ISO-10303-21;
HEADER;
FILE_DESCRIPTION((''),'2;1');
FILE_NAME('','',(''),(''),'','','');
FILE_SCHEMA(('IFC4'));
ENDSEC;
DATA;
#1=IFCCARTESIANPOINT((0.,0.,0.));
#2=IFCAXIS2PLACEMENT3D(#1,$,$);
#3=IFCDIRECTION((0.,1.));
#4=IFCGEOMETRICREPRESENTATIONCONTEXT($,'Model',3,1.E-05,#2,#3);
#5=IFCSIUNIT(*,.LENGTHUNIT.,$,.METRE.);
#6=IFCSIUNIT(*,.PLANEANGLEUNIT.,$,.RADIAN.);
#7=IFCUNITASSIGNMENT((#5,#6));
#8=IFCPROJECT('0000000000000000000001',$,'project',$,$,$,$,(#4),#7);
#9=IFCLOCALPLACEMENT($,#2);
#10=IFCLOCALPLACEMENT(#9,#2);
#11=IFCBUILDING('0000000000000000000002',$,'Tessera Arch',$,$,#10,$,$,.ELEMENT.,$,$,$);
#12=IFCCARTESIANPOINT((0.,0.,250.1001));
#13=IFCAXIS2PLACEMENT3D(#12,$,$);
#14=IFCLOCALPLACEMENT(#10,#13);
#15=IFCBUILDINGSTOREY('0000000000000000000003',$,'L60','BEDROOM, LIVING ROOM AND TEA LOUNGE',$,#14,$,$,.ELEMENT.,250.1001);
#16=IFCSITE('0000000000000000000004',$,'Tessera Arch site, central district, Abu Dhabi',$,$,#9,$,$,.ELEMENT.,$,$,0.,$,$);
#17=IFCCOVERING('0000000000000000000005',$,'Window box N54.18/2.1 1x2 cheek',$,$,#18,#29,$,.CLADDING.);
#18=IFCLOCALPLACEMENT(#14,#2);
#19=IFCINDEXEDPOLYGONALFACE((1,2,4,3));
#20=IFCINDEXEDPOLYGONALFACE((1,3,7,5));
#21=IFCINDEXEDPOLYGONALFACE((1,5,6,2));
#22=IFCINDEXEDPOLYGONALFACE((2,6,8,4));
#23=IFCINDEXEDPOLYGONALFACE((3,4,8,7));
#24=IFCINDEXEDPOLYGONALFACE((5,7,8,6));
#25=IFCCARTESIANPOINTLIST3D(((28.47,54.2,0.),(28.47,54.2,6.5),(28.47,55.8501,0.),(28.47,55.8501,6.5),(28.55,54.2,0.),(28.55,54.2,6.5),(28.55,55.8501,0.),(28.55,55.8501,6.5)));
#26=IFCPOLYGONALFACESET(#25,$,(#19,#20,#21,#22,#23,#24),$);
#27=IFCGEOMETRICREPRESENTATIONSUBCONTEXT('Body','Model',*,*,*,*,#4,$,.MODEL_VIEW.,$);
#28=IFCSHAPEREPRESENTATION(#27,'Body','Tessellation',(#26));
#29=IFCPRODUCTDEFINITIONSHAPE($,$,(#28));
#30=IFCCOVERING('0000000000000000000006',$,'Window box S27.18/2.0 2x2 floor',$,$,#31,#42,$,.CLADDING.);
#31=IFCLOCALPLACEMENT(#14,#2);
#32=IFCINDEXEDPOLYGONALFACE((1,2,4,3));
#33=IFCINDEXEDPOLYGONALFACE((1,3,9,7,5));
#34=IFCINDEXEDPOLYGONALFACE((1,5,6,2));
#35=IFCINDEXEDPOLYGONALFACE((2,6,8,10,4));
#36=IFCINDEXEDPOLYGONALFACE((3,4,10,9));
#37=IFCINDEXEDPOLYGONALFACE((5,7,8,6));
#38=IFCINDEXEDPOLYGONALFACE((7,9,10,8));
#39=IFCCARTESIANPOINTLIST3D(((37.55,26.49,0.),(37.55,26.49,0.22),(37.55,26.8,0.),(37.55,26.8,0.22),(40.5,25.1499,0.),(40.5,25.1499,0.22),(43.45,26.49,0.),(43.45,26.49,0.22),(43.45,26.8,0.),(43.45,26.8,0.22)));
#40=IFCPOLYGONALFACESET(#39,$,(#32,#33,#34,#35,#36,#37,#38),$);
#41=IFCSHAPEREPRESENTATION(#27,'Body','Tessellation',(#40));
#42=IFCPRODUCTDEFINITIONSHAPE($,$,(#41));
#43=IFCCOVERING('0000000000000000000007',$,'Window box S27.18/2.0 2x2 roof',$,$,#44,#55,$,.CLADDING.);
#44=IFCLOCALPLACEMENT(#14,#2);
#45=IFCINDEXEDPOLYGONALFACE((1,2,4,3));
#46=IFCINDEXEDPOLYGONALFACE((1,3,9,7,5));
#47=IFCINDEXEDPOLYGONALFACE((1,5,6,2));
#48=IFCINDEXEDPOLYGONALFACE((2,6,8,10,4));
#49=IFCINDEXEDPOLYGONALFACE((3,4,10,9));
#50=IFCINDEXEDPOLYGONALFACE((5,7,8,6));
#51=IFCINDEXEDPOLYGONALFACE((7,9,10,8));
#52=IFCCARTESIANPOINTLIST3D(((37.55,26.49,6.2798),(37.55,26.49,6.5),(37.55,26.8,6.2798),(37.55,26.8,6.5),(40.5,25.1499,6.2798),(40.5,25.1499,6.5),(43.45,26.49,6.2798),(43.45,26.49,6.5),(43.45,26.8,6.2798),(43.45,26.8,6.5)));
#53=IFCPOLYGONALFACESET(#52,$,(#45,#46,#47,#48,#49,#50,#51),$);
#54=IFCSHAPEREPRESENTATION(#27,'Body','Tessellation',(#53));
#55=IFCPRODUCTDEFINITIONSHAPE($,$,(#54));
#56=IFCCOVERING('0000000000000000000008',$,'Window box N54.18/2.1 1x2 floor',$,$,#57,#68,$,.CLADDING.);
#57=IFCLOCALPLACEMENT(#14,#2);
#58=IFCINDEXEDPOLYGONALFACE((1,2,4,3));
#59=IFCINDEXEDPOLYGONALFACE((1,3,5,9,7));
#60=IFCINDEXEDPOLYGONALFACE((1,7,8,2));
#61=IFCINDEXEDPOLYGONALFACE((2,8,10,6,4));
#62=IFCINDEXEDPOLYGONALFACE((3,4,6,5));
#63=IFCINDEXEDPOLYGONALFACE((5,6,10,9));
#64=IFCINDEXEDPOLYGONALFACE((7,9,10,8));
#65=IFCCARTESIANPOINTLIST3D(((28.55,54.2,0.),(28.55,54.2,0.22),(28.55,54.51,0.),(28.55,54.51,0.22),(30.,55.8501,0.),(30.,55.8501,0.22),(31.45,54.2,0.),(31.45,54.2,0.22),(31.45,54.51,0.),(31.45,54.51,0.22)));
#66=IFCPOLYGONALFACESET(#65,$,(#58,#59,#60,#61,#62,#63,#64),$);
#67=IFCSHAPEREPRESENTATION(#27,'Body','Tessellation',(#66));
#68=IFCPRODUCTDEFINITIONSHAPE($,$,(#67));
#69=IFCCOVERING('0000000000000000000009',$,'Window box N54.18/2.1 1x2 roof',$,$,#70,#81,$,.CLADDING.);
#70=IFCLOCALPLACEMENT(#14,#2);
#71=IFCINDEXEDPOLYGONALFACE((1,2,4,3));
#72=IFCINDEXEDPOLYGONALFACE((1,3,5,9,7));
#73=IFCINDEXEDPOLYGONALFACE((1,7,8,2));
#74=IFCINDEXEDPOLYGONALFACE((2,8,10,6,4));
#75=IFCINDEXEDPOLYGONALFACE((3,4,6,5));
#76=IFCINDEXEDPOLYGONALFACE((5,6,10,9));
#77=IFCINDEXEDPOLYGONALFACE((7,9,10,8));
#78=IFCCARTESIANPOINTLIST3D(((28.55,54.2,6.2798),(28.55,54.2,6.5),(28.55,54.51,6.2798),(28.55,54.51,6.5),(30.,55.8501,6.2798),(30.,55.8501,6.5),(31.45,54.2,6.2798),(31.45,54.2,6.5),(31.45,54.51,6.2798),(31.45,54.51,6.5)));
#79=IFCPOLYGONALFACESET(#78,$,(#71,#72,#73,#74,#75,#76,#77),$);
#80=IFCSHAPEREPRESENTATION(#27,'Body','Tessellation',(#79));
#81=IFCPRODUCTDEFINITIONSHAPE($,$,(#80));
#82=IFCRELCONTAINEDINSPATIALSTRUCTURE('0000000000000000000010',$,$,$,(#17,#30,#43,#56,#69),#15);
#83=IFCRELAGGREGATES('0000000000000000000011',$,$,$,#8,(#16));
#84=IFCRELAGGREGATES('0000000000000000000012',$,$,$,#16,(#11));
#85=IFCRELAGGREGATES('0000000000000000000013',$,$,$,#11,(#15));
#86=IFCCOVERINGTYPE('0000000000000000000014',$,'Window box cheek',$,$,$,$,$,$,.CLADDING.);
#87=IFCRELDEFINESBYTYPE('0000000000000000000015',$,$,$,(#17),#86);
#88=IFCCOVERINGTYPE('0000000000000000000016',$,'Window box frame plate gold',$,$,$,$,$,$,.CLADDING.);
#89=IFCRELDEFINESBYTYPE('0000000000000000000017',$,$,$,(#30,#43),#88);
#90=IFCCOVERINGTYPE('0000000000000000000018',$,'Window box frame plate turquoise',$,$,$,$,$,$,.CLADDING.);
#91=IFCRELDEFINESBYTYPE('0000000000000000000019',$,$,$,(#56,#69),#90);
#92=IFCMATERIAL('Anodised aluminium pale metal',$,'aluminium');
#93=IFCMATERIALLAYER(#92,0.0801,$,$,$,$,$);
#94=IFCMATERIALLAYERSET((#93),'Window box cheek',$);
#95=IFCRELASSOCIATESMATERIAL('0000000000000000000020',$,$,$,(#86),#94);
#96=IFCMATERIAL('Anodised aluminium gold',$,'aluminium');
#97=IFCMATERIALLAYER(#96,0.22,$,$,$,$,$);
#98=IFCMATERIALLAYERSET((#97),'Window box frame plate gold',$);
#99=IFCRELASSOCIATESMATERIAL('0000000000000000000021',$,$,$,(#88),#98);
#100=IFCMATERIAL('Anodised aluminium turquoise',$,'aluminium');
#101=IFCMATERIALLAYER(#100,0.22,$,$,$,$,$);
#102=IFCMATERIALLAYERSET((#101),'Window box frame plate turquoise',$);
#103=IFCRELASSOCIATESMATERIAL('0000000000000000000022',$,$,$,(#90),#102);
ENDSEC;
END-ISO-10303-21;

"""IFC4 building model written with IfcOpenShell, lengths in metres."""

from ifc_helpers import new_model, si_unit, direction, frame, origin, place, context, subcontext, project, spatial, polyline, outline, extrude, material, layer, layer_set, type_object, element, save


model = new_model("IFC4")

# Units and contexts
model_context = context("Model", 3, precision=1e-05, world=origin(), true_north=direction((0.0, 1.0)))
body_context = subcontext(model_context, "Body", "Model", "MODEL_VIEW")
ifc_project = project(units=[si_unit("LENGTHUNIT", "METRE"), si_unit("PLANEANGLEUNIT", "RADIAN")], contexts=[model_context])

# Site, building, storey
site_placement = place(None, origin())
site = spatial("IfcSite", under=ifc_project, at=site_placement, Name="Tessera Arch site, central district, Abu Dhabi", CompositionType="ELEMENT", RefElevation=0.0)
building_placement = place(site_placement, origin())
building = spatial("IfcBuilding", under=site, at=building_placement, Name="Tessera Arch", CompositionType="ELEMENT")
storey_placement = place(building_placement, frame((0.0, 0.0, 250.1001)))
storey = spatial("IfcBuildingStorey", under=building, at=storey_placement, Name="L60", Description="BEDROOM, LIVING ROOM AND TEA LOUNGE", CompositionType="ELEMENT", Elevation=250.1001)

# Coverings
ifc_material_1 = material(Name="Anodised aluminium pale metal", Category="aluminium")
ifc_layer_1 = layer(ifc_material_1, 0.0801)
ifc_layer_set_1 = layer_set([ifc_layer_1], Name="Window box cheek")
covering_type_1 = type_object("IfcCoveringType", Name="Window box cheek", PredefinedType="CLADDING", material=ifc_layer_set_1)
covering_1_placement = place(storey_placement, origin())
element("IfcCovering", 1, at=covering_1_placement, inside=storey, type_object=covering_type_1, Name="Window box N54.18/2.1 1x2 cheek", PredefinedType="CLADDING", context=body_context, shape_type="SweptSolid", body=[
    extrude(outline(polyline([(28.55, 55.8501), (28.47, 55.8501), (28.47, 54.2), (28.55, 54.2), (28.55, 55.8501)])), origin(), (0.0, 0.0, 1.0), 6.5),
])
ifc_material_2 = material(Name="Anodised aluminium gold", Category="aluminium")
ifc_layer_2 = layer(ifc_material_2, 0.22)
ifc_layer_set_2 = layer_set([ifc_layer_2], Name="Window box frame plate gold")
covering_type_2 = type_object("IfcCoveringType", Name="Window box frame plate gold", PredefinedType="CLADDING", material=ifc_layer_set_2)
covering_2_placement = place(storey_placement, origin())
element("IfcCovering", 2, at=covering_2_placement, inside=storey, type_object=covering_type_2, Name="Window box S27.18/2.0 2x2 floor", PredefinedType="CLADDING", context=body_context, shape_type="SweptSolid", body=[
    extrude(outline(polyline([(37.55, 26.49), (40.5, 25.1499), (43.45, 26.49), (43.45, 26.8), (37.55, 26.8), (37.55, 26.49)])), origin(), (0.0, 0.0, 1.0), 0.22),
])
covering_3_placement = place(storey_placement, frame((0.0, 0.0, 6.2798)))
element("IfcCovering", 3, at=covering_3_placement, inside=storey, type_object=covering_type_2, Name="Window box S27.18/2.0 2x2 roof", PredefinedType="CLADDING", context=body_context, shape_type="SweptSolid", body=[
    extrude(outline(polyline([(37.55, 26.49), (40.5, 25.1499), (43.45, 26.49), (43.45, 26.8), (37.55, 26.8), (37.55, 26.49)])), origin(), (0.0, 0.0, 1.0), 0.2202),
])
ifc_material_3 = material(Name="Anodised aluminium turquoise", Category="aluminium")
ifc_layer_3 = layer(ifc_material_3, 0.22)
ifc_layer_set_3 = layer_set([ifc_layer_3], Name="Window box frame plate turquoise")
covering_type_3 = type_object("IfcCoveringType", Name="Window box frame plate turquoise", PredefinedType="CLADDING", material=ifc_layer_set_3)
covering_4_placement = place(storey_placement, origin())
element("IfcCovering", 4, at=covering_4_placement, inside=storey, type_object=covering_type_3, Name="Window box N54.18/2.1 1x2 floor", PredefinedType="CLADDING", context=body_context, shape_type="SweptSolid", body=[
    extrude(outline(polyline([(31.45, 54.51), (30.0, 55.8501), (28.55, 54.51), (28.55, 54.2), (31.45, 54.2), (31.45, 54.51)])), origin(), (0.0, 0.0, 1.0), 0.22),
])
covering_5_placement = place(storey_placement, frame((0.0, 0.0, 6.2798)))
element("IfcCovering", 5, at=covering_5_placement, inside=storey, type_object=covering_type_3, Name="Window box N54.18/2.1 1x2 roof", PredefinedType="CLADDING", context=body_context, shape_type="SweptSolid", body=[
    extrude(outline(polyline([(31.45, 54.51), (30.0, 55.8501), (28.55, 54.51), (28.55, 54.2), (31.45, 54.2), (31.45, 54.51)])), origin(), (0.0, 0.0, 1.0), 0.2202),
])

save(model, "model.ifc")
